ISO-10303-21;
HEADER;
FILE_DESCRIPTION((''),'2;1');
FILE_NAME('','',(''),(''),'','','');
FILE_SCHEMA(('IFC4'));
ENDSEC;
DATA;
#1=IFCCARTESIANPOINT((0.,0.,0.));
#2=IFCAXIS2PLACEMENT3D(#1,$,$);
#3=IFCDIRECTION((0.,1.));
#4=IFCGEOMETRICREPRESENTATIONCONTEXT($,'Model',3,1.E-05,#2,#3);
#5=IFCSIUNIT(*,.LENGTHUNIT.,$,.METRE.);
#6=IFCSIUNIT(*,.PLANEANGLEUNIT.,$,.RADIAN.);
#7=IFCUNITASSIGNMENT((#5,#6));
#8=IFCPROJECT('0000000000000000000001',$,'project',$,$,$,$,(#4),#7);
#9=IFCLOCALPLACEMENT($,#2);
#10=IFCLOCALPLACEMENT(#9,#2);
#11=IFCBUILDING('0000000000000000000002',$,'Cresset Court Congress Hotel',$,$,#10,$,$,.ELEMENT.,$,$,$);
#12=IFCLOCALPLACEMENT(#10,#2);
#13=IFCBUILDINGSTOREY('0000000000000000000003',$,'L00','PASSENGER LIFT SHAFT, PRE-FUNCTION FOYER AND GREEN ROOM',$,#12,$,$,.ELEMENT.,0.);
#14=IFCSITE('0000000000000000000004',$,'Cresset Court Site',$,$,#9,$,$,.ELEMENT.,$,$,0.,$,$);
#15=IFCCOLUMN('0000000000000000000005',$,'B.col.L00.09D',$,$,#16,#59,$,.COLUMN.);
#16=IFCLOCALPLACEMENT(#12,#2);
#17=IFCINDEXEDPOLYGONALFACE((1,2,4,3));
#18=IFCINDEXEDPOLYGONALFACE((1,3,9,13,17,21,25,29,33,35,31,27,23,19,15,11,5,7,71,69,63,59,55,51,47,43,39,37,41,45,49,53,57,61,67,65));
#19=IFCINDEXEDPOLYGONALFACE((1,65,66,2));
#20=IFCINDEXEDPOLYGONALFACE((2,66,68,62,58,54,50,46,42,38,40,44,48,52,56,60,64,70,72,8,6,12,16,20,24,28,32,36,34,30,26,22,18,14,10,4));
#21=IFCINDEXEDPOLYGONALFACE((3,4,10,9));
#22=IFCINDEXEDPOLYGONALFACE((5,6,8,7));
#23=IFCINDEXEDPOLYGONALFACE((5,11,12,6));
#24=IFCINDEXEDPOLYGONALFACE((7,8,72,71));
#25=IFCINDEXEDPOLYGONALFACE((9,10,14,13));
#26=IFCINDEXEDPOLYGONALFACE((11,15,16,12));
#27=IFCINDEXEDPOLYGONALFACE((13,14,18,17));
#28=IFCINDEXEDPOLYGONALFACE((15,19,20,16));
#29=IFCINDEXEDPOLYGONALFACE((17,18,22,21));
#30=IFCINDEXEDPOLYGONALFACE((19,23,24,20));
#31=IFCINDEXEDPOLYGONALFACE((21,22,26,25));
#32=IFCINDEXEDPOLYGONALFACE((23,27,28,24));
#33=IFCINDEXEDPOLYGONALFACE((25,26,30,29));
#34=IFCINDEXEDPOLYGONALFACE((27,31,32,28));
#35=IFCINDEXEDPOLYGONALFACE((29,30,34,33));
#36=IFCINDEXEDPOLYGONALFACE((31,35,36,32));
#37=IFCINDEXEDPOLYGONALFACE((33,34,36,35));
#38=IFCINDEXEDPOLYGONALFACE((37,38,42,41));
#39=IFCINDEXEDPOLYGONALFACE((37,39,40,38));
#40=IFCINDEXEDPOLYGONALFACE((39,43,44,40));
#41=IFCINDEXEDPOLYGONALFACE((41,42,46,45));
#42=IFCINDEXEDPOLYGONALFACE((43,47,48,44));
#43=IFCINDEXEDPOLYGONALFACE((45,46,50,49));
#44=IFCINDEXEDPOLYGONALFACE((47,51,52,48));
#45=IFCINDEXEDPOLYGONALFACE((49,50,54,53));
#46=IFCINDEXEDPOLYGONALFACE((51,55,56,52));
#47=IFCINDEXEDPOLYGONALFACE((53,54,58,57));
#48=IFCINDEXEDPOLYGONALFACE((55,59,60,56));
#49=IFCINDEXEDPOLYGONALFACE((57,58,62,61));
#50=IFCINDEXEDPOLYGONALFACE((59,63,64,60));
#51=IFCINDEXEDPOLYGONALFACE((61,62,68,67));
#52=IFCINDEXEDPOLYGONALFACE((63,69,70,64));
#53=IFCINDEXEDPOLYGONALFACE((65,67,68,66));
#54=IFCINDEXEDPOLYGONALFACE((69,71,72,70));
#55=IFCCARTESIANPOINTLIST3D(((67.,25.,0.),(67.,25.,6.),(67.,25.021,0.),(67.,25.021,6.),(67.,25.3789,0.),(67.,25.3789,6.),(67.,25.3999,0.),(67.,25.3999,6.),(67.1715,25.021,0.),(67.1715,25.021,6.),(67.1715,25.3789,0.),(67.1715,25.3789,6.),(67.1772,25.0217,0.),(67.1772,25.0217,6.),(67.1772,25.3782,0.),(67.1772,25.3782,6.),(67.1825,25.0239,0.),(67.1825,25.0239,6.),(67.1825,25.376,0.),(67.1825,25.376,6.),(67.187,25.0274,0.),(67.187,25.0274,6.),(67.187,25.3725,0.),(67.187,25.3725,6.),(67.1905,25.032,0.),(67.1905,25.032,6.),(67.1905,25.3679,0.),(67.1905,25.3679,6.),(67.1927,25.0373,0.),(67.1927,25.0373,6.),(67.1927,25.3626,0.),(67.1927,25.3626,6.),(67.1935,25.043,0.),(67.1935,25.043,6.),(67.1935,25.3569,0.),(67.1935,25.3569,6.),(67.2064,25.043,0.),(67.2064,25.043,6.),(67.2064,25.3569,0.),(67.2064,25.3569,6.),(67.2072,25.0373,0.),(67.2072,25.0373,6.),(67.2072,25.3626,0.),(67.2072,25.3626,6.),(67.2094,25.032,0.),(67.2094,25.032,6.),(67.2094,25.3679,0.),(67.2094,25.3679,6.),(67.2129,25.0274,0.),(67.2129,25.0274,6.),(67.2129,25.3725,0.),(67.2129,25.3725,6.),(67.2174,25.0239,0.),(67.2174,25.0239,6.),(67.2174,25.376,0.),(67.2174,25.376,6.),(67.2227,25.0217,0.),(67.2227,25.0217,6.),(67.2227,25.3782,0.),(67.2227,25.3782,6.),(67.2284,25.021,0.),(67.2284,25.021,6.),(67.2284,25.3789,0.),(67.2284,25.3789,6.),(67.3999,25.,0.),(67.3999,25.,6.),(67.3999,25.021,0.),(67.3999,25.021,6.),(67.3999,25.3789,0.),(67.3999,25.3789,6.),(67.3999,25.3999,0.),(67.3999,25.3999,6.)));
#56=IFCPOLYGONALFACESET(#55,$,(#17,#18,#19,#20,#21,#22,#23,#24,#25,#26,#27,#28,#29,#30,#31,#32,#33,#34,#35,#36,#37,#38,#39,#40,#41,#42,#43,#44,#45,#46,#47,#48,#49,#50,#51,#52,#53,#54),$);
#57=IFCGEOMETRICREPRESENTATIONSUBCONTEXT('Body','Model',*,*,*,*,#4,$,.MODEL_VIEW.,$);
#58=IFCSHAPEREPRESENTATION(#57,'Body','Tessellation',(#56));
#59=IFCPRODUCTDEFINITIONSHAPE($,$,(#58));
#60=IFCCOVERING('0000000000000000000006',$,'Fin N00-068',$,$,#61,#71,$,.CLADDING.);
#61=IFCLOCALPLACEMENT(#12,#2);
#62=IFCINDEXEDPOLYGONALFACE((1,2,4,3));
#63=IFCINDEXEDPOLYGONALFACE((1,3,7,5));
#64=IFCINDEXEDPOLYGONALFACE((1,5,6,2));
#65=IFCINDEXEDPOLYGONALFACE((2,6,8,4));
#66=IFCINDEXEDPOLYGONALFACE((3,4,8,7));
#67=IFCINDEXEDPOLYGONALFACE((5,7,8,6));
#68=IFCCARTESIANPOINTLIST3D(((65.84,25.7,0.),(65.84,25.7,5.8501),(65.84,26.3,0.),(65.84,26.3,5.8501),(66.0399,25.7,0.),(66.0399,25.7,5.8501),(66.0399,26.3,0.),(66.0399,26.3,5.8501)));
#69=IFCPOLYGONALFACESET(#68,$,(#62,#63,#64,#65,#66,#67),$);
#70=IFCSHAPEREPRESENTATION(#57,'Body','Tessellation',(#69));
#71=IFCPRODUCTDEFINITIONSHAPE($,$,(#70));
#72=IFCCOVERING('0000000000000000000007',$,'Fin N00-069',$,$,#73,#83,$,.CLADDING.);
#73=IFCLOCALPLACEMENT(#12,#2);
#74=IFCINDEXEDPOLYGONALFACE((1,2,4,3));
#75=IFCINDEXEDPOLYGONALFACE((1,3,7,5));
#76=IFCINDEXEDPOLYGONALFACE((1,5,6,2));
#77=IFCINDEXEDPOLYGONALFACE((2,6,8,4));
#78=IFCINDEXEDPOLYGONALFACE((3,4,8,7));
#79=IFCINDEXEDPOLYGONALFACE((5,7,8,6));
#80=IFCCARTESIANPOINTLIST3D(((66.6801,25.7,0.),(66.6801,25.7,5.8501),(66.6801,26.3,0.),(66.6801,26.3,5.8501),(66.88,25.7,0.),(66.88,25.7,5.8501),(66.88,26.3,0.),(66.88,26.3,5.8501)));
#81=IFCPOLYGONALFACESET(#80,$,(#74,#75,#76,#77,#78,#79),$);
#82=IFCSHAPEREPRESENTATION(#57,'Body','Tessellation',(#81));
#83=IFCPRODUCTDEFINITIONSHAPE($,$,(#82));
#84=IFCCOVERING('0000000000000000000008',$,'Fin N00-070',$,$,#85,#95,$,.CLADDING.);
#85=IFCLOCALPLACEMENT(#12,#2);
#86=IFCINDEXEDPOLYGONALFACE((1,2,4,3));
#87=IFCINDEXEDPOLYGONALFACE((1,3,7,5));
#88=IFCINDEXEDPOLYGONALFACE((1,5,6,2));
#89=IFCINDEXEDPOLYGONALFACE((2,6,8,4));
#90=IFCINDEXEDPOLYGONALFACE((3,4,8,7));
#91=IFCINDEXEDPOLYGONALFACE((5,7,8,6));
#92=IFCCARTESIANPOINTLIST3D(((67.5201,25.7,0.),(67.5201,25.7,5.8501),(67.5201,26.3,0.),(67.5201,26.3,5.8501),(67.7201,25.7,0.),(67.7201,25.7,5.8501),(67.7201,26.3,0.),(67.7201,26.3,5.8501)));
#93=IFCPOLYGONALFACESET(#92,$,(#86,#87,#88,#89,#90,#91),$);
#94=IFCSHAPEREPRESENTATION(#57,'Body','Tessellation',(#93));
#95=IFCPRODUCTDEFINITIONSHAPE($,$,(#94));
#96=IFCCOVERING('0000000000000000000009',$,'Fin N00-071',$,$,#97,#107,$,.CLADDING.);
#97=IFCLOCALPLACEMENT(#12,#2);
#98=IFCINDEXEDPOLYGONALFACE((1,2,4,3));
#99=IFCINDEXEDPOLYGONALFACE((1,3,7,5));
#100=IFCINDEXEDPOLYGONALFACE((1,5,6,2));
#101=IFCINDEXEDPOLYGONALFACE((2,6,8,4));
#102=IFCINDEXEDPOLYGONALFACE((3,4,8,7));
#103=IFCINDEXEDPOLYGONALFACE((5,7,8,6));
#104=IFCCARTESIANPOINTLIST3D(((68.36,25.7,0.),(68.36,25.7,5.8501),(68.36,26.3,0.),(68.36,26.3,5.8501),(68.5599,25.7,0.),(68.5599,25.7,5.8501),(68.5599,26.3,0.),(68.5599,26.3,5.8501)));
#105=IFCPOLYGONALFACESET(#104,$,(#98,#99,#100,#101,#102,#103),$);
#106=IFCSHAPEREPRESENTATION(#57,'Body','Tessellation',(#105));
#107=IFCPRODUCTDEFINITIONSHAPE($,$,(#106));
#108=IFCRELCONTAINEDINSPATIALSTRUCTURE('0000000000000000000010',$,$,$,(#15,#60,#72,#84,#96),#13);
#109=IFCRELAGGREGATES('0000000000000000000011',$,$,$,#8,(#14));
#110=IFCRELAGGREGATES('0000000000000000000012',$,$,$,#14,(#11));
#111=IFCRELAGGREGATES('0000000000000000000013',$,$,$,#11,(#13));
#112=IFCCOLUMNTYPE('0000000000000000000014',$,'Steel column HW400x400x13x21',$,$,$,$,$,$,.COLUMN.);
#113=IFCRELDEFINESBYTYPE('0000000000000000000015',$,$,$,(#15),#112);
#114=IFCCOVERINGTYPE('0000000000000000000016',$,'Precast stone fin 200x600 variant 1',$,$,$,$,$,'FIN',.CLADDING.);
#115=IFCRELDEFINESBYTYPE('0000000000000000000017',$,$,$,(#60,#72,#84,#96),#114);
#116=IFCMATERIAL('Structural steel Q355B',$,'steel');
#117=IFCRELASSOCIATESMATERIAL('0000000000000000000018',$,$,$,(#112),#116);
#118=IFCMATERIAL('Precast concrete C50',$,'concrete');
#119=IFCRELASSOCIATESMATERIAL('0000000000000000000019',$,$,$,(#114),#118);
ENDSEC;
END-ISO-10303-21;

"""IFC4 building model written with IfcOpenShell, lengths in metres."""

from ifc_helpers import new_model, si_unit, direction, frame, origin, origin_2d, place, context, subcontext, project, spatial, rectangle, i_section, extrude, material, material_profile, profile_set, type_object, element, save


model = new_model("IFC4")

# Units and contexts
model_context = context("Model", 3, precision=1e-05, world=origin(), true_north=direction((0.0, 1.0)))
body_context = subcontext(model_context, "Body", "Model", "MODEL_VIEW")
ifc_project = project(units=[si_unit("LENGTHUNIT", "METRE"), si_unit("PLANEANGLEUNIT", "RADIAN")], contexts=[model_context])

# Site, building, storey
site_placement = place(None, origin())
site = spatial("IfcSite", under=ifc_project, at=site_placement, Name="Cresset Court Site", CompositionType="ELEMENT", RefElevation=0.0)
building_placement = place(site_placement, origin())
building = spatial("IfcBuilding", under=site, at=building_placement, Name="Cresset Court Congress Hotel", CompositionType="ELEMENT")
storey_placement = place(building_placement, origin())
storey = spatial("IfcBuildingStorey", under=building, at=storey_placement, Name="L00", Description="PASSENGER LIFT SHAFT, PRE-FUNCTION FOYER AND GREEN ROOM", CompositionType="ELEMENT", Elevation=0.0)

# Column
ifc_material_1 = material(Name="Structural steel Q355B", Category="steel")
ifc_material_profile = material_profile(ifc_material_1, i_section(OverallWidth=0.3999, OverallDepth=0.3999, WebThickness=0.0129, FlangeThickness=0.021, FilletRadius=0.022, at=origin_2d()), Name="HW400x400x13x21")
ifc_profile_set = profile_set([ifc_material_profile], Name="Structural steel Q355B")
column_type = type_object("IfcColumnType", Name="Steel column HW400x400x13x21", PredefinedType="COLUMN", material=ifc_profile_set)
column_placement = place(storey_placement, frame((67.2, 25.2, 0.0), z_axis=(0.0, 0.0, 1.0), x_axis=(1.0, 0.0, 0.0)))
element("IfcColumn", 1, at=column_placement, inside=storey, type_object=column_type, Name="B.col.L00.09D", PredefinedType="COLUMN", context=body_context, shape_type="SweptSolid", body=[
    extrude(i_section(OverallWidth=0.3999, OverallDepth=0.3999, WebThickness=0.0129, FlangeThickness=0.021, FilletRadius=0.022, at=origin_2d()), origin(), (0.0, 0.0, 1.0), 6.0),
])

# Coverings
ifc_material_2 = material(Name="Precast concrete C50", Category="concrete")
covering_type = type_object("IfcCoveringType", Name="Precast stone fin 200x600 variant 1", ElementType="FIN", PredefinedType="CLADDING", material=ifc_material_2)
for number, where, z_axis, x_axis, name in (
    (2, (65.9399, 26.0, 0.0), (0.0, 0.0, 1.0), (1.0, 0.0, 0.0), "Fin N00-068"),
    (3, (66.78, 26.0, 0.0), (0.0, 0.0, 1.0), (1.0, 0.0, 0.0), "Fin N00-069"),
    (4, (67.6201, 26.0, 0.0), (0.0, 0.0, 1.0), (1.0, 0.0, 0.0), "Fin N00-070"),
    (5, (68.46, 26.0, 0.0), (0.0, 0.0, 1.0), (1.0, 0.0, 0.0), "Fin N00-071"),
):
    element("IfcCovering", number, at=place(storey_placement, frame(where, z_axis=z_axis, x_axis=x_axis)), inside=storey, type_object=covering_type, Name=name, PredefinedType="CLADDING", context=body_context, shape_type="SweptSolid", body=[
        extrude(rectangle(XDim=0.2, YDim=0.6001, at=origin_2d()), origin(), (0.0, 0.0, 1.0), 5.8501),
    ])

save(model, "model.ifc")
